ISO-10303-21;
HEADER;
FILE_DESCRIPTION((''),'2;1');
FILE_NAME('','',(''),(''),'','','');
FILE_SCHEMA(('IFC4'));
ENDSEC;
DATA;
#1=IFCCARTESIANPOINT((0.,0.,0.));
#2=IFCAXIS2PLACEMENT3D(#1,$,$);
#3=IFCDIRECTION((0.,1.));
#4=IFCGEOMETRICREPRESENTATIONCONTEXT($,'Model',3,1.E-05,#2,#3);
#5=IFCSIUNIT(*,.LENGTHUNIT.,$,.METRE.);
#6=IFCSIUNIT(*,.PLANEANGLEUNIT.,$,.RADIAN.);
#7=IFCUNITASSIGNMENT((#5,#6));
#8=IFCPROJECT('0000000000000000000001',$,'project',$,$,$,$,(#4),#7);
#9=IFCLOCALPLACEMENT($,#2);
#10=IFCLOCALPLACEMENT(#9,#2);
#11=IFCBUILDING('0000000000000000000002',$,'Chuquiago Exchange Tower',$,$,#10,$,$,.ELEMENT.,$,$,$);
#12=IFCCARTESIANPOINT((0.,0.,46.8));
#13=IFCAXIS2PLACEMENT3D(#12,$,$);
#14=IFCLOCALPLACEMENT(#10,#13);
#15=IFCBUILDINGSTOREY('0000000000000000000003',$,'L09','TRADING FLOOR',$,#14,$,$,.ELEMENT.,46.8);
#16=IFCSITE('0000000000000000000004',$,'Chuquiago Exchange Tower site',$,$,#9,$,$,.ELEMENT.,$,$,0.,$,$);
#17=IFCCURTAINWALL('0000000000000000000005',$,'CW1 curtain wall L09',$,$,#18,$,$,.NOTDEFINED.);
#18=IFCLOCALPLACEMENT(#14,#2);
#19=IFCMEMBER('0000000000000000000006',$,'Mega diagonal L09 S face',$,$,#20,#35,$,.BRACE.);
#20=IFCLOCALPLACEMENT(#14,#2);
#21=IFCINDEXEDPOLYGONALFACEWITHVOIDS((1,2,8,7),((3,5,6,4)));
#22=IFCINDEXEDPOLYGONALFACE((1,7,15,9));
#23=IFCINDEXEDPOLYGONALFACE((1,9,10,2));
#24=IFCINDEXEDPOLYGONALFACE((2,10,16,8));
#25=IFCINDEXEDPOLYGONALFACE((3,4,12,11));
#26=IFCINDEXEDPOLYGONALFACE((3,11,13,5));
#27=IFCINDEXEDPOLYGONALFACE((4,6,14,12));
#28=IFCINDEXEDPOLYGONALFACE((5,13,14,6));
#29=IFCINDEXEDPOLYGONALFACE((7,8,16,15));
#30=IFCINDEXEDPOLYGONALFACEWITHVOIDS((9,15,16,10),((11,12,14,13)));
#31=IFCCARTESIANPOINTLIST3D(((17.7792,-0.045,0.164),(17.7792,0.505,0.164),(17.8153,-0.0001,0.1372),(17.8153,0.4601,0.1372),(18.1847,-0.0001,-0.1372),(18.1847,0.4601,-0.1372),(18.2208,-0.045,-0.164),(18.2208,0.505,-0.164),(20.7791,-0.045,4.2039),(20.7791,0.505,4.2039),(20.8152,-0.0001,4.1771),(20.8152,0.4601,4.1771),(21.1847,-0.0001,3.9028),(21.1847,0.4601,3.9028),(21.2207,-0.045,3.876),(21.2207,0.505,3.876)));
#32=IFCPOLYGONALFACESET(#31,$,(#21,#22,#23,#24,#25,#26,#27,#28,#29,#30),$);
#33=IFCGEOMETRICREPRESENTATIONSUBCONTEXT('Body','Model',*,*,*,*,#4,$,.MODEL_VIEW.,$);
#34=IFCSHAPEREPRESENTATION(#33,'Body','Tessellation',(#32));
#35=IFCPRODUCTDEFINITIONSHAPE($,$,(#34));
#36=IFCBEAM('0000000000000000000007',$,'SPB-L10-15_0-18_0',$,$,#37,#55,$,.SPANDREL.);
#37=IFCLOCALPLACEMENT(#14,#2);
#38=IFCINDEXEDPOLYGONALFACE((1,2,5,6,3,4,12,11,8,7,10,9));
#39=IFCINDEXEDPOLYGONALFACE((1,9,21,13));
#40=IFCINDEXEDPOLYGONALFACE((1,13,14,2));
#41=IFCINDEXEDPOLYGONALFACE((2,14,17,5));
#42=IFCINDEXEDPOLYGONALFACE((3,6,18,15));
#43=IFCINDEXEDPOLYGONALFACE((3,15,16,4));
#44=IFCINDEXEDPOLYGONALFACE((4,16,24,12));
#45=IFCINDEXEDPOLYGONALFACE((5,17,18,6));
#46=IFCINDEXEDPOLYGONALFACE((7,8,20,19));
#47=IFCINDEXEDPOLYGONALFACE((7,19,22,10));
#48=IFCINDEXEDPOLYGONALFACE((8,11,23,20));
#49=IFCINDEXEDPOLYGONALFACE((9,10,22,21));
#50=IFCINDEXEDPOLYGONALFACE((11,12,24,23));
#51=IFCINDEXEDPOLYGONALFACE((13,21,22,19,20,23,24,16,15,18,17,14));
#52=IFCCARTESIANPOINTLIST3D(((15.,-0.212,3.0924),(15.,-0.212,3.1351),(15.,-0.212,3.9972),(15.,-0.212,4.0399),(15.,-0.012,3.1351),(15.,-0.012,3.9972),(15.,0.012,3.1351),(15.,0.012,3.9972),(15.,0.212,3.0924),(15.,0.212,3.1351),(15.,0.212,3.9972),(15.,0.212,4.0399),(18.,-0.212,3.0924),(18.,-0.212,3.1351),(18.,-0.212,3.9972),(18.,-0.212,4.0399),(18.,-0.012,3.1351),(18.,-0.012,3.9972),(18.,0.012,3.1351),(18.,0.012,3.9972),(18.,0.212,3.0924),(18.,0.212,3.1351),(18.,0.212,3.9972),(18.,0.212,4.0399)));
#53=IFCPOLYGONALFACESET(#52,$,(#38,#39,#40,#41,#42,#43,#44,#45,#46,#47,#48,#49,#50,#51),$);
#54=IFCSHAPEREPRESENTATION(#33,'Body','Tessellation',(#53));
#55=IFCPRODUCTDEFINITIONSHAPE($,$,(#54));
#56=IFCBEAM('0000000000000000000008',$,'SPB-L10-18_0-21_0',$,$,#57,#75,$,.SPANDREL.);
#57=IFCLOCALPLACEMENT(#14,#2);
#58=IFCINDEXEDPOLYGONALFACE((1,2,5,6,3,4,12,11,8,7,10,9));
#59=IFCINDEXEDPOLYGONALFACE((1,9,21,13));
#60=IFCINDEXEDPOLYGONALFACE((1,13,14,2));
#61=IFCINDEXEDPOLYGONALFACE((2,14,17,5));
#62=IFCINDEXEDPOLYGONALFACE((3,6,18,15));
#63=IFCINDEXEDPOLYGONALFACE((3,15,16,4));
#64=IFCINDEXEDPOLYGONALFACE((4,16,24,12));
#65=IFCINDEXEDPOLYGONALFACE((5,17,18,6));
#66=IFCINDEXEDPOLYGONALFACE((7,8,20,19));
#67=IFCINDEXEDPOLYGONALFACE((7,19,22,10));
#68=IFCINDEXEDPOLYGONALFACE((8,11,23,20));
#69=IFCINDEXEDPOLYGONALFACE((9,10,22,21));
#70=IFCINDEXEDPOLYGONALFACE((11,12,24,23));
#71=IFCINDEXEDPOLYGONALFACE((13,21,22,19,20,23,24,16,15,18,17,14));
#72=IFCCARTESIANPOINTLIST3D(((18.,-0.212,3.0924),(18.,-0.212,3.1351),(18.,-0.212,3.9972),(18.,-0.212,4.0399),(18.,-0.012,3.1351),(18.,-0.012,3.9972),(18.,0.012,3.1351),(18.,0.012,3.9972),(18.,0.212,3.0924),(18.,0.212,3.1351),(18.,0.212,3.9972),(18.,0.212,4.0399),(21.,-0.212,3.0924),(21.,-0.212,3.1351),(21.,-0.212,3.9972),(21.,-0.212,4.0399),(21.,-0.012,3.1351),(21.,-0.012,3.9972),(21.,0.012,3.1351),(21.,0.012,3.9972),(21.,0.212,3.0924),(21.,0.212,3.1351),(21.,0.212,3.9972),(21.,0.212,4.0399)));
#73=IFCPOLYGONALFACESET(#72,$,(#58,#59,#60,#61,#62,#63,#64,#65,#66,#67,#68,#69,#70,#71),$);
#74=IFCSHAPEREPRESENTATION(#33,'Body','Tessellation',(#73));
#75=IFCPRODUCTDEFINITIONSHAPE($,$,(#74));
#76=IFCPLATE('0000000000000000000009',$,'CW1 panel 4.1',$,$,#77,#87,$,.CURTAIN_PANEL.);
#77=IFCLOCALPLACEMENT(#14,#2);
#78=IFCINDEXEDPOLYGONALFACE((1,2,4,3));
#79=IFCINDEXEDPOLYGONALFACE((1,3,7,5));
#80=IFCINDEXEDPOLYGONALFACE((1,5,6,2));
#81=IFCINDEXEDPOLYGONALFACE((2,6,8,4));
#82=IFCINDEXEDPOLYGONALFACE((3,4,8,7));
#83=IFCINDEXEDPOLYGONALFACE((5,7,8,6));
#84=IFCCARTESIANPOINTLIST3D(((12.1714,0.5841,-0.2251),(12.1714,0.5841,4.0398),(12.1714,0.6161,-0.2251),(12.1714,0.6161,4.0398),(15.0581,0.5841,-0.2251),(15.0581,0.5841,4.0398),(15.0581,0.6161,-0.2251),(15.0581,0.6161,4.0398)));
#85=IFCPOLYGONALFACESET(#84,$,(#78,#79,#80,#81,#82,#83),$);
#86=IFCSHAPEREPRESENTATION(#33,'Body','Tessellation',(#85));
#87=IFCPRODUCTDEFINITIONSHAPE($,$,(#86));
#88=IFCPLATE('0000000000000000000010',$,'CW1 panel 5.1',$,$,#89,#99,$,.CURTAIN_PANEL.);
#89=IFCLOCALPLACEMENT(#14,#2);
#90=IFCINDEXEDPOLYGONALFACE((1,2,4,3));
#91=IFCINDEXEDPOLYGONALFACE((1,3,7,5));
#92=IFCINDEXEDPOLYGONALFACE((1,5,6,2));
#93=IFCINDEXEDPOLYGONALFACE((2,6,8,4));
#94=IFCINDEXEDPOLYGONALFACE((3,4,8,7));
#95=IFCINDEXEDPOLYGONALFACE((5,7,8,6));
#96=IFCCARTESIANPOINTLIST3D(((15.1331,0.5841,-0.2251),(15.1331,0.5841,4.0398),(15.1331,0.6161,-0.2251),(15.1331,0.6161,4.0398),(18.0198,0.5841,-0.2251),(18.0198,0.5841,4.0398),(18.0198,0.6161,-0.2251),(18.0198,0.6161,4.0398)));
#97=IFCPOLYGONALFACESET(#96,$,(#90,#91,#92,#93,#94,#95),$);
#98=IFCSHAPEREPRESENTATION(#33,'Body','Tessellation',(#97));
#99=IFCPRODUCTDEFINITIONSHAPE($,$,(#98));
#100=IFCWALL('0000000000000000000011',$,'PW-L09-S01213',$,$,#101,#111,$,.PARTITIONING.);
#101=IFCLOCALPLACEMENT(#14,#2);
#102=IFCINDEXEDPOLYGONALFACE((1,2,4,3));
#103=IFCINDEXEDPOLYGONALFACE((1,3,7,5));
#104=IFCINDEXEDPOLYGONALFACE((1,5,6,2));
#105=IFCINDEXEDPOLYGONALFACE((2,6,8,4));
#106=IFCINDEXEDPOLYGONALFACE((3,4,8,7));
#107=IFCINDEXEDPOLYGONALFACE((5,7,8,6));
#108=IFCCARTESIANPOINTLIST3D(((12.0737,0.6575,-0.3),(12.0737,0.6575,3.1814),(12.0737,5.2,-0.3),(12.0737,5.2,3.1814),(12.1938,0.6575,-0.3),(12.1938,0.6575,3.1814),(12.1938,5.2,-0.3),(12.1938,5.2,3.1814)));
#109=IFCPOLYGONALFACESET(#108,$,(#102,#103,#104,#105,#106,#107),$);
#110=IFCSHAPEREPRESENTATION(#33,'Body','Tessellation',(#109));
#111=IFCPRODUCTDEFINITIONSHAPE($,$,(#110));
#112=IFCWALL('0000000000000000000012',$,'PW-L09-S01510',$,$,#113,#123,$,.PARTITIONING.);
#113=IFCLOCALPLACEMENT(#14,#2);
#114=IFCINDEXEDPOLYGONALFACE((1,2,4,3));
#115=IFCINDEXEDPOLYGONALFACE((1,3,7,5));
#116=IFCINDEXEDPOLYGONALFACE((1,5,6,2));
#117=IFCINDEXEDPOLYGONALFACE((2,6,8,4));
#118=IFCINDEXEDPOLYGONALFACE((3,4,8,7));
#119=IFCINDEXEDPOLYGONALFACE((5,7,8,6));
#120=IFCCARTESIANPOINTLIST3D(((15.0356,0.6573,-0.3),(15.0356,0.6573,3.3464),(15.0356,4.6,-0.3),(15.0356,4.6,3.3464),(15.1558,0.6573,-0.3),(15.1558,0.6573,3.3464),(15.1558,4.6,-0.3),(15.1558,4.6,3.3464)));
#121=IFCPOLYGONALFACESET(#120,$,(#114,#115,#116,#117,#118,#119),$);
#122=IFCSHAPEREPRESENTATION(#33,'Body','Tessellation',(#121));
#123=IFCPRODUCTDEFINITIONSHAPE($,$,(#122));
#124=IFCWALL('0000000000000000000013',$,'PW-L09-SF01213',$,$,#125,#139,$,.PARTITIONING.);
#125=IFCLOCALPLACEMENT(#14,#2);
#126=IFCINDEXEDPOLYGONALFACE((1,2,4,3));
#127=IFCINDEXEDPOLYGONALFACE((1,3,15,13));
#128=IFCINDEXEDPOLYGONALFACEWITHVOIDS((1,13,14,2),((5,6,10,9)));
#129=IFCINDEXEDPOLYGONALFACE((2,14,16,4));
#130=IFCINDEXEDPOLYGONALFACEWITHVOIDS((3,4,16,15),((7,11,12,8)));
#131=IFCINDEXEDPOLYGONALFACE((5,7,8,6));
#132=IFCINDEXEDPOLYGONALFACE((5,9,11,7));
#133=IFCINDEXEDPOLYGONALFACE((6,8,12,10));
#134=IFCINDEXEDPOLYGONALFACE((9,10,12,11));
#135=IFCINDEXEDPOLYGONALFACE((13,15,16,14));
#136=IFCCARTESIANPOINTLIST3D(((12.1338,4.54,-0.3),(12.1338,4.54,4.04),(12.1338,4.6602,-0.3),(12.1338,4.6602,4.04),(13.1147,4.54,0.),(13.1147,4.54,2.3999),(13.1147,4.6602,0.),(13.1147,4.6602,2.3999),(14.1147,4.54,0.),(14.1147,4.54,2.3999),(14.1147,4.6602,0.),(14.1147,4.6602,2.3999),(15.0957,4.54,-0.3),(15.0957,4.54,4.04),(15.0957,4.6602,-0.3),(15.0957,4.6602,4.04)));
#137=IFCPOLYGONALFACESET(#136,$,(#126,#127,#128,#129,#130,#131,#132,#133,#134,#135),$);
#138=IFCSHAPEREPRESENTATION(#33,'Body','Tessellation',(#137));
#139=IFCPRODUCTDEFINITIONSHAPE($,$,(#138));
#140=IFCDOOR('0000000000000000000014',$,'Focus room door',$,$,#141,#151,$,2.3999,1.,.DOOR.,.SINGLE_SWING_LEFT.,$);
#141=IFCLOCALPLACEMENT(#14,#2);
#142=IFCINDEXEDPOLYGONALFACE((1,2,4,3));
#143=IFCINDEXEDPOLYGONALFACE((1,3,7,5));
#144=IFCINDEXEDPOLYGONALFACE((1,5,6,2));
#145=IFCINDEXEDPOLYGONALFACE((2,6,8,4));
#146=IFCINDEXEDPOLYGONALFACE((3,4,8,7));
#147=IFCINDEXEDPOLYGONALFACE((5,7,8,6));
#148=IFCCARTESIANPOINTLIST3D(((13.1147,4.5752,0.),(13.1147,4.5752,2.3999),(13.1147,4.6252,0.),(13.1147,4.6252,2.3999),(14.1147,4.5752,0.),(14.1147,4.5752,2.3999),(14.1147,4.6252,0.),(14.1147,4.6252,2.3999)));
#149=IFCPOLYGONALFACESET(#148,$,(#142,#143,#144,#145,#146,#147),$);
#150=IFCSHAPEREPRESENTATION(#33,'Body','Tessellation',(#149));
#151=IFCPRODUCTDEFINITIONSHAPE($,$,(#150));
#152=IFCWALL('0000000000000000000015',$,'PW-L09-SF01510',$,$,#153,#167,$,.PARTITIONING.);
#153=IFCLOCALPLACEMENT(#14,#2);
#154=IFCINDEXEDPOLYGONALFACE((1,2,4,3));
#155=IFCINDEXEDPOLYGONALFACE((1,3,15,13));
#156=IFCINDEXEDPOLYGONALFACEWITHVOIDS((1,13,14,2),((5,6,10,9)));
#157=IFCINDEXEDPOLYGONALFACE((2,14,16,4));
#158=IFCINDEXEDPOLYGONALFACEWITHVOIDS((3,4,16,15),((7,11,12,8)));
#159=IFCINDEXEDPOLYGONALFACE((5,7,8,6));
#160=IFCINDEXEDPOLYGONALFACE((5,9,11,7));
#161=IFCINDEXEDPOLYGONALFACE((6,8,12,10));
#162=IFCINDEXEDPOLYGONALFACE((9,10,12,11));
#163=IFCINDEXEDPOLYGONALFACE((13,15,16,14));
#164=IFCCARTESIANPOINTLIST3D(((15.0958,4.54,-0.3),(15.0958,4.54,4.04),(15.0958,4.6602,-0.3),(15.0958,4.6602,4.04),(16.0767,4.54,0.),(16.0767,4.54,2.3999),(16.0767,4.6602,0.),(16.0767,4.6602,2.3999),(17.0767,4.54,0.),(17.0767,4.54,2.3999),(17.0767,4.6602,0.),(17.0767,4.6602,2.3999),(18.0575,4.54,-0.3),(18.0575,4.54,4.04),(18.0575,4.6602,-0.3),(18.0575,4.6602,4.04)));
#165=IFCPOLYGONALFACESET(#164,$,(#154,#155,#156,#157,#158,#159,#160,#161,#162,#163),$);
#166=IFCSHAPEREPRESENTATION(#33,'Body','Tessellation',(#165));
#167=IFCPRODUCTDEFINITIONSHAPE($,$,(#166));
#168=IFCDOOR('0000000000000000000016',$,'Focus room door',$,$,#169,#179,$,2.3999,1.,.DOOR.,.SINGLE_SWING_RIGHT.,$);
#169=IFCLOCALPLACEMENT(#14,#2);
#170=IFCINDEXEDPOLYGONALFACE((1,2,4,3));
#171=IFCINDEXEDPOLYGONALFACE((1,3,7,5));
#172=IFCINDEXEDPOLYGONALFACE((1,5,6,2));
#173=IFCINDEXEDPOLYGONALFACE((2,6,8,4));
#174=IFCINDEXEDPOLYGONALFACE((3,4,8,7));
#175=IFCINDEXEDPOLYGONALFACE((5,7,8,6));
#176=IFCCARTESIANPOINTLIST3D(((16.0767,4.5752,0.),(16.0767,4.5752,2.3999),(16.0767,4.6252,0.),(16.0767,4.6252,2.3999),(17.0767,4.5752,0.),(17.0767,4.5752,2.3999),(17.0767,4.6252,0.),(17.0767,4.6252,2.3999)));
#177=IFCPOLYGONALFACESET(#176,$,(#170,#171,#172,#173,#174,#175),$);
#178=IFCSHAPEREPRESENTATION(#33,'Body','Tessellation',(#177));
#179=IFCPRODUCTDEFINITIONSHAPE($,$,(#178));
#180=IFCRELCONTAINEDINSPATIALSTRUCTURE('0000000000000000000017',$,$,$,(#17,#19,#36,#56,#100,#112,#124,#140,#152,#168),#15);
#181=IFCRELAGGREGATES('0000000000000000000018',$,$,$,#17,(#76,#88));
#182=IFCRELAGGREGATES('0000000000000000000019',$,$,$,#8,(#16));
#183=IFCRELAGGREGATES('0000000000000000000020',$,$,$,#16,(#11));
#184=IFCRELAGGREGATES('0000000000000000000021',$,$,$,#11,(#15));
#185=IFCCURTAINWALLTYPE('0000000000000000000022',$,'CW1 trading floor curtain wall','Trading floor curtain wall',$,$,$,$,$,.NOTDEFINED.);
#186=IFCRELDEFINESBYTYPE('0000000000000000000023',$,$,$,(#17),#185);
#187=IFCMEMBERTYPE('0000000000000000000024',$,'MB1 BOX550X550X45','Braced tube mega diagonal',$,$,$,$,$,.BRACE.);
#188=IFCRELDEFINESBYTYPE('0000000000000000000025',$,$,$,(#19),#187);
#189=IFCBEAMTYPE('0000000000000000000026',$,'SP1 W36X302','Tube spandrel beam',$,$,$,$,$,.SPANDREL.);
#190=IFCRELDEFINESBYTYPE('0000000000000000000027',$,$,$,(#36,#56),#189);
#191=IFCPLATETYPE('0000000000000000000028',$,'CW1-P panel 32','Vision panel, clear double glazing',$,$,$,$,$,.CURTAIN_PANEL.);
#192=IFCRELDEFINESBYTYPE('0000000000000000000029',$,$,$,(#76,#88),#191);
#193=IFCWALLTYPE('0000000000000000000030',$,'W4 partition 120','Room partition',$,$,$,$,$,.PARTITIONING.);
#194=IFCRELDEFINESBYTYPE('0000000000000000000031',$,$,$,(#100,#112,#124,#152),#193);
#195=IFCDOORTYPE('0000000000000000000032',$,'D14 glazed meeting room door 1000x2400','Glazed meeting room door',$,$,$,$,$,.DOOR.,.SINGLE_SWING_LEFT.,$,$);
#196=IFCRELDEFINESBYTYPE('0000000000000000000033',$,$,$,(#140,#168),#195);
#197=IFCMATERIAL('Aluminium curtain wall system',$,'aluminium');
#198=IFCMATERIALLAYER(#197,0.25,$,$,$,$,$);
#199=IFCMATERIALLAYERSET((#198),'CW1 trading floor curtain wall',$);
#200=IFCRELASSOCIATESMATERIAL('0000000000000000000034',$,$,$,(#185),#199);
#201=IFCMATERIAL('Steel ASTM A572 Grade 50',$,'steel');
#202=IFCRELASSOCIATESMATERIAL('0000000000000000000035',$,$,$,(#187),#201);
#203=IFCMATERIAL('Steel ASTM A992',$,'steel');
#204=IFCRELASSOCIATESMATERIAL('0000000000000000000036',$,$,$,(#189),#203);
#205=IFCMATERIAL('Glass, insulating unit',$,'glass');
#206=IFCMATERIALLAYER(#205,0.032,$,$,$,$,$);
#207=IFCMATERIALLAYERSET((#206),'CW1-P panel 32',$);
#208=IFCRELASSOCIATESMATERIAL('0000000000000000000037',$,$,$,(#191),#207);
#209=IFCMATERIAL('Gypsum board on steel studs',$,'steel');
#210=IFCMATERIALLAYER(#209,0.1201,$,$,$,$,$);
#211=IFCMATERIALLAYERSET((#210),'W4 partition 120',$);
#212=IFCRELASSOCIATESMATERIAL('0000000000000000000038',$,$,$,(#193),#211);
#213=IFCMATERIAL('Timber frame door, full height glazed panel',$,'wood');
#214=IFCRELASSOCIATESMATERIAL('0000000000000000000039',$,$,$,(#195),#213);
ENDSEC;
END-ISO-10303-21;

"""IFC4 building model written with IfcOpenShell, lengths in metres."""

from ifc_helpers import new_model, si_unit, direction, frame, frame_2d, origin, origin_2d, place, context, subcontext, project, spatial, rectangle, hollow_rectangle, i_section, extrude, material, layer, layer_set, material_profile, profile_set, type_object, element, fill, aggregate, save


model = new_model("IFC4")

# Units and contexts
model_context = context("Model", 3, precision=1e-05, world=origin(), true_north=direction((0.0, 1.0)))
body_context = subcontext(model_context, "Body", "Model", "MODEL_VIEW")
ifc_project = project(units=[si_unit("LENGTHUNIT", "METRE"), si_unit("PLANEANGLEUNIT", "RADIAN")], contexts=[model_context])

# Site, building, storey
site_placement = place(None, origin())
site = spatial("IfcSite", under=ifc_project, at=site_placement, Name="Chuquiago Exchange Tower site", CompositionType="ELEMENT", RefElevation=0.0)
building_placement = place(site_placement, origin())
building = spatial("IfcBuilding", under=site, at=building_placement, Name="Chuquiago Exchange Tower", CompositionType="ELEMENT")
storey_placement = place(building_placement, frame((0.0, 0.0, 46.8)))
storey = spatial("IfcBuildingStorey", under=building, at=storey_placement, Name="L09", Description="TRADING FLOOR", CompositionType="ELEMENT", Elevation=46.8)

# Curtain wall
ifc_material_1 = material(Name="Aluminium curtain wall system", Category="aluminium")
ifc_layer_1 = layer(ifc_material_1, 0.25)
ifc_layer_set_1 = layer_set([ifc_layer_1], Name="CW1 trading floor curtain wall")
curtain_wall_type = type_object("IfcCurtainWallType", Name="CW1 trading floor curtain wall", Description="Trading floor curtain wall", PredefinedType="NOTDEFINED", material=ifc_layer_set_1)
curtain_wall_placement = place(storey_placement, origin())
curtain_wall = element("IfcCurtainWall", 1, at=curtain_wall_placement, inside=storey, type_object=curtain_wall_type, Name="CW1 curtain wall L09", PredefinedType="NOTDEFINED")

# Member
ifc_material_2 = material(Name="Steel ASTM A572 Grade 50", Category="steel")
ifc_material_profile_1 = material_profile(ifc_material_2, hollow_rectangle(XDim=0.55, YDim=0.55, WallThickness=0.0449, at=origin_2d()), Name="BOX550X550X45")
ifc_profile_set_1 = profile_set([ifc_material_profile_1], Name="Steel ASTM A572 Grade 50")
member_type_1 = type_object("IfcMemberType", Name="MB1 BOX550X550X45", Description="Braced tube mega diagonal", PredefinedType="BRACE", material=ifc_profile_set_1)
member_1_placement = place(storey_placement, frame((18.0, 0.23, 0.0), z_axis=(0.596174, 0.0, 0.802855), x_axis=(0.0, 1.0, 0.0)))
element("IfcMember", 2, at=member_1_placement, inside=storey, type_object=member_type_1, Name="Mega diagonal L09 S face", PredefinedType="BRACE", context=body_context, shape_type="SweptSolid", body=[
    extrude(hollow_rectangle(XDim=0.55, YDim=0.55, WallThickness=0.0449, at=origin_2d()), origin(), (0.0, 0.0, 1.0), 5.032),
])

# Beams
ifc_material_3 = material(Name="Steel ASTM A992", Category="steel")
ifc_material_profile_2 = material_profile(ifc_material_3, i_section(OverallWidth=0.4241, OverallDepth=0.9475, WebThickness=0.0239, FlangeThickness=0.0427, at=origin_2d()), Name="W36X302")
ifc_profile_set_2 = profile_set([ifc_material_profile_2], Name="Steel ASTM A992")
beam_type_1 = type_object("IfcBeamType", Name="SP1 W36X302", Description="Tube spandrel beam", PredefinedType="SPANDREL", material=ifc_profile_set_2)
for number, where, z_axis, x_axis, name in (
    (3, (15.0, 0.0, 3.5662), (1.0, 0.0, 0.0), (0.0, 1.0, 0.0), "SPB-L10-15_0-18_0"),
    (4, (18.0, 0.0, 3.5662), (1.0, 0.0, 0.0), (0.0, 1.0, 0.0), "SPB-L10-18_0-21_0"),
):
    element("IfcBeam", number, at=place(storey_placement, frame(where, z_axis=z_axis, x_axis=x_axis)), inside=storey, type_object=beam_type_1, Name=name, PredefinedType="SPANDREL", context=body_context, shape_type="SweptSolid", body=[
        extrude(i_section(OverallWidth=0.4241, OverallDepth=0.9475, WebThickness=0.0239, FlangeThickness=0.0427, at=origin_2d()), origin(), (0.0, 0.0, 1.0), 3.0),
    ])

# Plates
ifc_material_4 = material(Name="Glass, insulating unit", Category="glass")
ifc_layer_2 = layer(ifc_material_4, 0.032)
ifc_layer_set_2 = layer_set([ifc_layer_2], Name="CW1-P panel 32")
plate_type = type_object("IfcPlateType", Name="CW1-P panel 32", Description="Vision panel, clear double glazing", PredefinedType="CURTAIN_PANEL", material=ifc_layer_set_2)
plate_1_placement = place(storey_placement, frame((13.6147, 0.6001, -0.2251), z_axis=(0.0, 0.0, 1.0), x_axis=(1.0, 0.0, 0.0)))
plate_1 = element("IfcPlate", 5, at=plate_1_placement, type_object=plate_type, Name="CW1 panel 4.1", PredefinedType="CURTAIN_PANEL", context=body_context, shape_type="SweptSolid", body=[
    extrude(rectangle(XDim=2.8867, YDim=0.032, at=origin_2d()), origin(), (0.0, 0.0, 1.0), 4.2649),
])
plate_2_placement = place(storey_placement, frame((16.5764, 0.6001, -0.2251), z_axis=(0.0, 0.0, 1.0), x_axis=(1.0, 0.0, 0.0)))
plate_2 = element("IfcPlate", 6, at=plate_2_placement, type_object=plate_type, Name="CW1 panel 5.1", PredefinedType="CURTAIN_PANEL", context=body_context, shape_type="SweptSolid", body=[
    extrude(rectangle(XDim=2.8867, YDim=0.032, at=origin_2d()), origin(), (0.0, 0.0, 1.0), 4.2649),
])
aggregate(curtain_wall, [plate_1, plate_2])

# Walls
ifc_material_5 = material(Name="Gypsum board on steel studs", Category="steel")
ifc_layer_3 = layer(ifc_material_5, 0.1201)
ifc_layer_set_3 = layer_set([ifc_layer_3], Name="W4 partition 120")
wall_type = type_object("IfcWallType", Name="W4 partition 120", Description="Room partition", PredefinedType="PARTITIONING", material=ifc_layer_set_3)
wall_1_placement = place(storey_placement, frame((12.1338, 0.6575, -0.3), z_axis=(0.0, 0.0, 1.0), x_axis=(0.0, 1.0, 0.0)))
element("IfcWall", 7, at=wall_1_placement, inside=storey, type_object=wall_type, Name="PW-L09-S01213", PredefinedType="PARTITIONING", context=body_context, shape_type="SweptSolid", body=[
    extrude(rectangle(XDim=4.5425, YDim=0.1201, at=frame_2d((2.2712, 0.0))), origin(), (0.0, 0.0, 1.0), 3.4814),
])
wall_2_placement = place(storey_placement, frame((15.0957, 0.6575, -0.3), z_axis=(0.0, 0.0, 1.0), x_axis=(0.0, 1.0, 0.0)))
element("IfcWall", 8, at=wall_2_placement, inside=storey, type_object=wall_type, Name="PW-L09-S01510", PredefinedType="PARTITIONING", context=body_context, shape_type="SweptSolid", body=[
    extrude(rectangle(XDim=3.9426, YDim=0.1201, at=frame_2d((1.9712, 0.0))), origin(), (0.0, 0.0, 1.0), 3.6465),
])

# Walls, openings, doors
wall_3_placement = place(storey_placement, frame((12.1338, 4.6001, -0.3), z_axis=(0.0, 0.0, 1.0), x_axis=(1.0, 0.0, 0.0)))
wall_3 = element("IfcWall", 9, at=wall_3_placement, inside=storey, type_object=wall_type, Name="PW-L09-SF01213", PredefinedType="PARTITIONING", context=body_context, shape_type="SweptSolid", body=[
    extrude(rectangle(XDim=2.9619, YDim=0.1201, at=frame_2d((1.481, 0.0))), origin(), (0.0, 0.0, 1.0), 4.3401),
])
opening_1_placement = place(wall_3_placement, frame((0.981, 0.0, 0.3)))
opening_1 = element("IfcOpeningElement", 10, at=opening_1_placement, cuts=wall_3, PredefinedType="OPENING", context=body_context, shape_type="SweptSolid", body=[
    extrude(rectangle(XDim=1.0, YDim=2.3999, at=frame_2d((0.5, 1.2))), frame((0.0, 0.0701, 0.0), z_axis=(0.0, -1.0, 0.0), x_axis=(1.0, 0.0, 0.0)), (0.0, 0.0, 1.0), 0.1401),
])
ifc_material_6 = material(Name="Timber frame door, full height glazed panel", Category="wood")
door_type = type_object("IfcDoorType", Name="D14 glazed meeting room door 1000x2400", Description="Glazed meeting room door", OperationType="SINGLE_SWING_LEFT", PredefinedType="DOOR", material=ifc_material_6)
door_1_placement = place(opening_1_placement, frame((1.0, 0.0, 0.0), z_axis=(0.0, 0.0, 1.0), x_axis=(-1.0, 0.0, 0.0)))
door_1 = element("IfcDoor", 11, at=door_1_placement, inside=storey, type_object=door_type, Name="Focus room door", OperationType="SINGLE_SWING_LEFT", OverallHeight=2.3999, OverallWidth=1.0, PredefinedType="DOOR", context=body_context, shape_type="SweptSolid", body=[
    extrude(rectangle(XDim=1.0, YDim=2.3999, at=frame_2d((0.5, 1.2))), frame((0.0, 0.0249, 0.0), z_axis=(0.0, -1.0, 0.0), x_axis=(1.0, 0.0, 0.0)), (0.0, 0.0, 1.0), 0.05),
])
fill(opening_1, door_1)
wall_4_placement = place(storey_placement, frame((15.0957, 4.6001, -0.3), z_axis=(0.0, 0.0, 1.0), x_axis=(1.0, 0.0, 0.0)))
wall_4 = element("IfcWall", 12, at=wall_4_placement, inside=storey, type_object=wall_type, Name="PW-L09-SF01510", PredefinedType="PARTITIONING", context=body_context, shape_type="SweptSolid", body=[
    extrude(rectangle(XDim=2.9617, YDim=0.1201, at=frame_2d((1.481, 0.0))), origin(), (0.0, 0.0, 1.0), 4.3401),
])
opening_2_placement = place(wall_4_placement, frame((0.981, 0.0, 0.3)))
opening_2 = element("IfcOpeningElement", 13, at=opening_2_placement, cuts=wall_4, PredefinedType="OPENING", context=body_context, shape_type="SweptSolid", body=[
    extrude(rectangle(XDim=1.0, YDim=2.3999, at=frame_2d((0.5, 1.2))), frame((0.0, 0.0701, 0.0), z_axis=(0.0, -1.0, 0.0), x_axis=(1.0, 0.0, 0.0)), (0.0, 0.0, 1.0), 0.1401),
])
door_2_placement = place(opening_2_placement, frame((1.0, 0.0, 0.0), z_axis=(0.0, 0.0, 1.0), x_axis=(-1.0, 0.0, 0.0)))
door_2 = element("IfcDoor", 14, at=door_2_placement, inside=storey, type_object=door_type, Name="Focus room door", OperationType="SINGLE_SWING_RIGHT", OverallHeight=2.3999, OverallWidth=1.0, PredefinedType="DOOR", context=body_context, shape_type="SweptSolid", body=[
    extrude(rectangle(XDim=1.0, YDim=2.3999, at=frame_2d((0.5, 1.2))), frame((0.0, 0.0249, 0.0), z_axis=(0.0, -1.0, 0.0), x_axis=(1.0, 0.0, 0.0)), (0.0, 0.0, 1.0), 0.05),
])
fill(opening_2, door_2)

save(model, "model.ifc")
